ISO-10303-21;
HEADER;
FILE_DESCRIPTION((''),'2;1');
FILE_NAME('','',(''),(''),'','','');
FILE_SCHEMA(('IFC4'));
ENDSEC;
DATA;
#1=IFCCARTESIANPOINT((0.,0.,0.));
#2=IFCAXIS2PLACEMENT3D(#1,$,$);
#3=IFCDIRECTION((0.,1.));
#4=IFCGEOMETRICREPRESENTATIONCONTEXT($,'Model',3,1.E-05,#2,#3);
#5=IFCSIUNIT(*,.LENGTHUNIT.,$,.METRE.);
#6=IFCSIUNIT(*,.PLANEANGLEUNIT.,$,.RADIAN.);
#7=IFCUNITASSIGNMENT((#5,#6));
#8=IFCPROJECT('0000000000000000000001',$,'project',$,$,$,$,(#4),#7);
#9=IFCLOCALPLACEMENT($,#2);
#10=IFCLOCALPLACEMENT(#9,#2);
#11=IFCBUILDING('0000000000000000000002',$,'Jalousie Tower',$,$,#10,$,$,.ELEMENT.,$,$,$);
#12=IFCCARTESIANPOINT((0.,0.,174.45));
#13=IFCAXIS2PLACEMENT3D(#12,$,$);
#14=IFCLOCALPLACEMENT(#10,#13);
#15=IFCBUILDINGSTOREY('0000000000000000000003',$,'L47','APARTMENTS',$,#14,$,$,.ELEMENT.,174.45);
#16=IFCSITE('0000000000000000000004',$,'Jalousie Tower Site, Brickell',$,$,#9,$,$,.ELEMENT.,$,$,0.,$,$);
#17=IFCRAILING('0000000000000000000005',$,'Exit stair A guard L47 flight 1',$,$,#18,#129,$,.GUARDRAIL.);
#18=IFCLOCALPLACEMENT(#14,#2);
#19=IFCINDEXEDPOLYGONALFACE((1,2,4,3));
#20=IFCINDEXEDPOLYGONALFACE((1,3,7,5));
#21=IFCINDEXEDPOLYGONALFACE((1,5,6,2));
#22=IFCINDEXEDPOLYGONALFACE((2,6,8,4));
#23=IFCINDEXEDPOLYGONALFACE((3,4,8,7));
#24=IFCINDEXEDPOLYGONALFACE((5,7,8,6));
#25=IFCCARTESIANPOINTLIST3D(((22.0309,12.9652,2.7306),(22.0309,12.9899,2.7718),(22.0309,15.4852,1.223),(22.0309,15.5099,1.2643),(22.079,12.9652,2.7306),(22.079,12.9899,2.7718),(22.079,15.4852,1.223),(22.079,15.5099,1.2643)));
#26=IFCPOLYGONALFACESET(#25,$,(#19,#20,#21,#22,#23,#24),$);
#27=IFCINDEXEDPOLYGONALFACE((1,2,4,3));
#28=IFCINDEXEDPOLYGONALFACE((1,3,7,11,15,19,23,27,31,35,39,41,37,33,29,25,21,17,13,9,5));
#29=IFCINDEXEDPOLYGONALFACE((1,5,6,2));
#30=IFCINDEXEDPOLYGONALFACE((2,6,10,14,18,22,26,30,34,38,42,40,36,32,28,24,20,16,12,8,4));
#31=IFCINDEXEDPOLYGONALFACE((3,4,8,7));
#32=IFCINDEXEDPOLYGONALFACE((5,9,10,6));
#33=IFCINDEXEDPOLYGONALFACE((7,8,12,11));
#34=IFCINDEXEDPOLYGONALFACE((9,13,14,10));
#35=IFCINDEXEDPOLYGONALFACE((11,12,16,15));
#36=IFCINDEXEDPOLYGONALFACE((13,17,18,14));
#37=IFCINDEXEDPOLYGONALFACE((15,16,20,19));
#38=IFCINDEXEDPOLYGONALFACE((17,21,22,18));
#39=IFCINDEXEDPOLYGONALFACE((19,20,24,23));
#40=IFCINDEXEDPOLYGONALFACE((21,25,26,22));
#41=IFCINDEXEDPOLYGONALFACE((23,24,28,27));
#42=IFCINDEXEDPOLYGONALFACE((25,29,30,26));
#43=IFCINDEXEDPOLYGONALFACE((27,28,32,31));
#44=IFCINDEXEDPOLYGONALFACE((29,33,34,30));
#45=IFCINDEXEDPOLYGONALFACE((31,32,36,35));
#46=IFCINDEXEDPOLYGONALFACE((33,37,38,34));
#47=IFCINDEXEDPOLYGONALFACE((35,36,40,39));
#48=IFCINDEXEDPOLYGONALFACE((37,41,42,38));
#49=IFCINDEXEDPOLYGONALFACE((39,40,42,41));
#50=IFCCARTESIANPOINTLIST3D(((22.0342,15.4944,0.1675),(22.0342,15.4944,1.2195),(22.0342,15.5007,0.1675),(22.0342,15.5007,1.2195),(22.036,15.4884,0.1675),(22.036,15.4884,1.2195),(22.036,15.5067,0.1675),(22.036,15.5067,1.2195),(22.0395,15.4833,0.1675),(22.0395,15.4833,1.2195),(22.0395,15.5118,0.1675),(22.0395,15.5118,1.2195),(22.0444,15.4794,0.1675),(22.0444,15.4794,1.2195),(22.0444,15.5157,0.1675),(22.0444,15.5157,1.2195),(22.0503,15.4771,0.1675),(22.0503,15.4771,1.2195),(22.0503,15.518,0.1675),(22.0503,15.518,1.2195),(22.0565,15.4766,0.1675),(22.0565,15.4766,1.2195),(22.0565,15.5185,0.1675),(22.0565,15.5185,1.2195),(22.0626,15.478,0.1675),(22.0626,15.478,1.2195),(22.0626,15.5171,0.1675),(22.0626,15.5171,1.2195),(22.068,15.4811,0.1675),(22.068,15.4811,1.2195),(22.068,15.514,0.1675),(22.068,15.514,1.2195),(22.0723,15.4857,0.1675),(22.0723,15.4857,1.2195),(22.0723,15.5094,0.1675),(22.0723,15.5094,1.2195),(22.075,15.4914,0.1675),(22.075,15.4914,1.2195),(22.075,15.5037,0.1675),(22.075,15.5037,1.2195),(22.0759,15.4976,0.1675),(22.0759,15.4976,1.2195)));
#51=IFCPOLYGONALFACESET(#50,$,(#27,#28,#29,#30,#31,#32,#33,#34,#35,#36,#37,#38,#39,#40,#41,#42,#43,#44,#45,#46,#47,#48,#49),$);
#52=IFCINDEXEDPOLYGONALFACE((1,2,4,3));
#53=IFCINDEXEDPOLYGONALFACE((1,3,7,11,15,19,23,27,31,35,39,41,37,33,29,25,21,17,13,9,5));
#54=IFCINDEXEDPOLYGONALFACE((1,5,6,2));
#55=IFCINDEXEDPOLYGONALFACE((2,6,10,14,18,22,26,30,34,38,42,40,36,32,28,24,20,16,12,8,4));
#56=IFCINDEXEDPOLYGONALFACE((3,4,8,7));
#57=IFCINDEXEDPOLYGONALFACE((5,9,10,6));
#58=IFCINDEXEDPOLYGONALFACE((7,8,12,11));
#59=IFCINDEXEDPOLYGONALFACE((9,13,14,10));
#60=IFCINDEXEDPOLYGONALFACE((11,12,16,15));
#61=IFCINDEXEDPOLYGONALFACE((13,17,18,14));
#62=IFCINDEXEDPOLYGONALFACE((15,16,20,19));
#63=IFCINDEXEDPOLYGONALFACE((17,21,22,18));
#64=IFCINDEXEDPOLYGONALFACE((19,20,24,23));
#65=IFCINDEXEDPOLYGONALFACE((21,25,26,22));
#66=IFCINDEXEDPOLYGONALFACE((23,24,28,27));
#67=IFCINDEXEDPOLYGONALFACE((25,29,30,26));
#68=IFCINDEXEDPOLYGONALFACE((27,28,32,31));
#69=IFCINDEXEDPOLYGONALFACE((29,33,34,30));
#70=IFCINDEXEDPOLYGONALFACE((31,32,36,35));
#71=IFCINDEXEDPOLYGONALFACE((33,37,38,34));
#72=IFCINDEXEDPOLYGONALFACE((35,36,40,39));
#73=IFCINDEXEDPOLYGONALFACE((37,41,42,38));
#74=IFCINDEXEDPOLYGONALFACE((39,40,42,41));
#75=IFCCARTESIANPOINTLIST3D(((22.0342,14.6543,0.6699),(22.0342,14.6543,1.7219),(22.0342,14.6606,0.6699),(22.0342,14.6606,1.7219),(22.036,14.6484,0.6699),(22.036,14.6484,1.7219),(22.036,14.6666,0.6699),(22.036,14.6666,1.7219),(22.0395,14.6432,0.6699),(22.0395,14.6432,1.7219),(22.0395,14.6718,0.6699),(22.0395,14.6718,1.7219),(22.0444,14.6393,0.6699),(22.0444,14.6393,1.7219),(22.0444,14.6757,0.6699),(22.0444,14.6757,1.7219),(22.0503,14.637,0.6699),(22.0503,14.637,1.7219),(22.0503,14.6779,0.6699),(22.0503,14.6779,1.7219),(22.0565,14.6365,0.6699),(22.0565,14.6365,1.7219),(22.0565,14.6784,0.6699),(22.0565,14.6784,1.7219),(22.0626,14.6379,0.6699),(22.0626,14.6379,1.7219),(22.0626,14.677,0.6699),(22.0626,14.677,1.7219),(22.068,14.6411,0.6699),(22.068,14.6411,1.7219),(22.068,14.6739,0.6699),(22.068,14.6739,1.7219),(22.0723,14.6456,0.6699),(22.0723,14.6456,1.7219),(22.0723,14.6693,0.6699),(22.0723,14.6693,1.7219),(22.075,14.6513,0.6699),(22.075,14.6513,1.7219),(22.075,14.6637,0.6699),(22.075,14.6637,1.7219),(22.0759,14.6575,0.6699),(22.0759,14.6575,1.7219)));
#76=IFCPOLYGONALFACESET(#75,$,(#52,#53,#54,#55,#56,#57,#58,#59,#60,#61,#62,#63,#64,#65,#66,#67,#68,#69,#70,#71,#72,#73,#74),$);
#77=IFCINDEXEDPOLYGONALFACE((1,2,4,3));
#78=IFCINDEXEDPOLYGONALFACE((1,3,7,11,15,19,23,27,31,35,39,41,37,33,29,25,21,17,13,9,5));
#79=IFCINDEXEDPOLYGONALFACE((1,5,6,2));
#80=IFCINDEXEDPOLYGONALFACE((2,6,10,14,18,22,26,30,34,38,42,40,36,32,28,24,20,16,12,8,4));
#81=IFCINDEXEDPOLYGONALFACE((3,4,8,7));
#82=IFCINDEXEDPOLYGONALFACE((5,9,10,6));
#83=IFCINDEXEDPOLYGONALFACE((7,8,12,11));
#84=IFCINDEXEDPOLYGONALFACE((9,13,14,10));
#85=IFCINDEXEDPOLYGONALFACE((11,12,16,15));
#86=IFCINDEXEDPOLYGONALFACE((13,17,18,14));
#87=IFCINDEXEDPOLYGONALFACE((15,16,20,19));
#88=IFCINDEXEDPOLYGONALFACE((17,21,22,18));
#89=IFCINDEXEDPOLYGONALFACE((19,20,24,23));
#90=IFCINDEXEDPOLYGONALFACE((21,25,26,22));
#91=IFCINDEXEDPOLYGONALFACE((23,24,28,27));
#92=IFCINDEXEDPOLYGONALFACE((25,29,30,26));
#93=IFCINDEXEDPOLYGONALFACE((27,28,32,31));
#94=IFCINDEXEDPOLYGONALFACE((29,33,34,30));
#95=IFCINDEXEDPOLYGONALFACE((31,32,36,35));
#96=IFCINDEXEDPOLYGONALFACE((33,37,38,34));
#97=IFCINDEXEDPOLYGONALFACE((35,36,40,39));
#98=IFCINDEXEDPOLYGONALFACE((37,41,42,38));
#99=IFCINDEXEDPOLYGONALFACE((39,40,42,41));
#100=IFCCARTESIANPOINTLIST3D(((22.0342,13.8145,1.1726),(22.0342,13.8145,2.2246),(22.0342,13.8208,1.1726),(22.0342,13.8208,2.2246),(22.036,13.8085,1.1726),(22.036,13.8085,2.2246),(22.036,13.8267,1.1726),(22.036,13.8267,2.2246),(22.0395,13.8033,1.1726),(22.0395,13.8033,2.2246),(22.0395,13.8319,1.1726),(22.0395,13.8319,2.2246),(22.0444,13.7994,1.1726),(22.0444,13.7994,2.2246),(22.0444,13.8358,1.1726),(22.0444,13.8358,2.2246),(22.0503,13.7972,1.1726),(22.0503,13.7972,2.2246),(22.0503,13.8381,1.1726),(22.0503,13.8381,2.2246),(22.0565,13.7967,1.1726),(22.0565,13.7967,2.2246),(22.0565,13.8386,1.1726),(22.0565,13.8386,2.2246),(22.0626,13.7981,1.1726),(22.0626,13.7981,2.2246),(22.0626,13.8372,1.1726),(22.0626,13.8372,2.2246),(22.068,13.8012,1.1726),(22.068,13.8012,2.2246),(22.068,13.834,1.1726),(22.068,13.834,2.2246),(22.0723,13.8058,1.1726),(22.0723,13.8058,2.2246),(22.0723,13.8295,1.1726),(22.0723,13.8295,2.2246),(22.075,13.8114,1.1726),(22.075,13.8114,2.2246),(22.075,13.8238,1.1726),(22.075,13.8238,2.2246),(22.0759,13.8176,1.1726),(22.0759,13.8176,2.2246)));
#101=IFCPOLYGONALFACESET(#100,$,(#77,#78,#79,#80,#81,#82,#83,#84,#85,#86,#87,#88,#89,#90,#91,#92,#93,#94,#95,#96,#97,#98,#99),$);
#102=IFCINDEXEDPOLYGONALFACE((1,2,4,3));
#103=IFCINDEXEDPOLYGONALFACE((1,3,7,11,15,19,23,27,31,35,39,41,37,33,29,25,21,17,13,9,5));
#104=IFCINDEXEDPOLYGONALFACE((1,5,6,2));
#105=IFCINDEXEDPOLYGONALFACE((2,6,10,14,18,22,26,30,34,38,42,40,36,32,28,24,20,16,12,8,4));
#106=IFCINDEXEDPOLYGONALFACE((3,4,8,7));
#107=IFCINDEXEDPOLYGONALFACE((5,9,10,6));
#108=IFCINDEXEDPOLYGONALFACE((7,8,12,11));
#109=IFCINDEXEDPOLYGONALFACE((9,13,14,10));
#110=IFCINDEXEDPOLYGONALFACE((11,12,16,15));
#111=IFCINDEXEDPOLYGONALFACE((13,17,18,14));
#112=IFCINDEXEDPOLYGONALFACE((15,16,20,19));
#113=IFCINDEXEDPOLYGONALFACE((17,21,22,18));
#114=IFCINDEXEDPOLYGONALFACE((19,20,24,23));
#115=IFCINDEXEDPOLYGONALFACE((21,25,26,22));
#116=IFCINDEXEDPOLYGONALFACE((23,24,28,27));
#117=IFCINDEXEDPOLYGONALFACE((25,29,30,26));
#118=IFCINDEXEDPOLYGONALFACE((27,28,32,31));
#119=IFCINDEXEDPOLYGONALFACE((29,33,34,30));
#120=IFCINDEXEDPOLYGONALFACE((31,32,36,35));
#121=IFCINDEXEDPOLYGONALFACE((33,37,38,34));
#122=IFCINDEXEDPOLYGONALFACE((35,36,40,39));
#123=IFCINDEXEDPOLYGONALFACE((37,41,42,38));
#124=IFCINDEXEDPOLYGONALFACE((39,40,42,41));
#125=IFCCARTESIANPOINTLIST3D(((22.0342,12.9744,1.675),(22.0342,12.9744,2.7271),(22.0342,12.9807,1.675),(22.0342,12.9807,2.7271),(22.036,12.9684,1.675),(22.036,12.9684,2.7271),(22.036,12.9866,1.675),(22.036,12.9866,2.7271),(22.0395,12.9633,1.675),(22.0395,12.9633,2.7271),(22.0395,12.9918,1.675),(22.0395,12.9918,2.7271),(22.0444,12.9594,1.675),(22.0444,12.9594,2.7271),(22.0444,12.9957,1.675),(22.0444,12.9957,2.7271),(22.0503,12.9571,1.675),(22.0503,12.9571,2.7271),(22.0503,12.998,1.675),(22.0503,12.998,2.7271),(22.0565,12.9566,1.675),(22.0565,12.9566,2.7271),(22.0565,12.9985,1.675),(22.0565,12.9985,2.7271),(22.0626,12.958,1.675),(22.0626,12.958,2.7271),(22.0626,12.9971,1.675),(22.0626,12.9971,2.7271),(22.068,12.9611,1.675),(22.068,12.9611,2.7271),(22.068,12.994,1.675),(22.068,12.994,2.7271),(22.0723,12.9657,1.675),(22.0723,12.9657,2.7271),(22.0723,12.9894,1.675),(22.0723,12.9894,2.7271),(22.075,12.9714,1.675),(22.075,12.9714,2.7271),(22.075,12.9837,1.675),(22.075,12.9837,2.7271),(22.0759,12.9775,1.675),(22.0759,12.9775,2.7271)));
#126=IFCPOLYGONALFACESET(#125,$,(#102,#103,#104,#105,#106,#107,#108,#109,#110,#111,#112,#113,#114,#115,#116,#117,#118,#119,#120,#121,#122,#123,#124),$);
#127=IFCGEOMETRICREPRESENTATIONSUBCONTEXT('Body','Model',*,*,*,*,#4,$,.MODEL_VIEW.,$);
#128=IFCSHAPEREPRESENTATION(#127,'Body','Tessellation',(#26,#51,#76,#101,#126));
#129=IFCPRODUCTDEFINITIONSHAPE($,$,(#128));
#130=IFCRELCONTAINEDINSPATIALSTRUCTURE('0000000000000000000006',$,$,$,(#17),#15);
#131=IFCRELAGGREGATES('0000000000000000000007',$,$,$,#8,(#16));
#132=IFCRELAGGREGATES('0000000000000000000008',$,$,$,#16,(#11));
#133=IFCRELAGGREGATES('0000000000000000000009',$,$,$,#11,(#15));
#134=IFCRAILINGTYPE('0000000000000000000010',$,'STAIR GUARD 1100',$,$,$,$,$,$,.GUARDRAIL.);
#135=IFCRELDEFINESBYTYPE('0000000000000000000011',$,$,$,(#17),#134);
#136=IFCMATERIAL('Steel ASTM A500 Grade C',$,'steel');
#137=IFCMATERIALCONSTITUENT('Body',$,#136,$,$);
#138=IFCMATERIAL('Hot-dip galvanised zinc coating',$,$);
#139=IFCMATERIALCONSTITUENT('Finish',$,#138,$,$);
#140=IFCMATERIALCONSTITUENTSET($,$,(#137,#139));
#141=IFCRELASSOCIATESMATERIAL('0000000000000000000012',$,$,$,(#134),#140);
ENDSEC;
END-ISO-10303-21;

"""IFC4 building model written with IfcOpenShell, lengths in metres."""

from ifc_helpers import new_model, si_unit, direction, frame, origin, origin_2d, place, context, subcontext, project, spatial, rectangle, circle, extrude, material, constituent, constituent_set, type_object, element, save


model = new_model("IFC4")

# Units and contexts
model_context = context("Model", 3, precision=1e-05, world=origin(), true_north=direction((0.0, 1.0)))
body_context = subcontext(model_context, "Body", "Model", "MODEL_VIEW")
ifc_project = project(units=[si_unit("LENGTHUNIT", "METRE"), si_unit("PLANEANGLEUNIT", "RADIAN")], contexts=[model_context])

# Site, building, storey
site_placement = place(None, origin())
site = spatial("IfcSite", under=ifc_project, at=site_placement, Name="Jalousie Tower Site, Brickell", CompositionType="ELEMENT", RefElevation=0.0)
building_placement = place(site_placement, origin())
building = spatial("IfcBuilding", under=site, at=building_placement, Name="Jalousie Tower", CompositionType="ELEMENT")
storey_placement = place(building_placement, frame((0.0, 0.0, 174.45)))
storey = spatial("IfcBuildingStorey", under=building, at=storey_placement, Name="L47", Description="APARTMENTS", CompositionType="ELEMENT", Elevation=174.45)

# Railing
ifc_material_1 = material(Name="Steel ASTM A500 Grade C", Category="steel")
ifc_constituent_1 = constituent(ifc_material_1, Name="Body")
ifc_material_2 = material(Name="Hot-dip galvanised zinc coating")
ifc_constituent_2 = constituent(ifc_material_2, Name="Finish")
ifc_constituent_set_1 = constituent_set(constituents=[ifc_constituent_1, ifc_constituent_2])
railing_type_1 = type_object("IfcRailingType", Name="STAIR GUARD 1100", PredefinedType="GUARDRAIL", material=ifc_constituent_set_1)
railing_1_placement = place(storey_placement, frame((22.0549, 15.4976, 0.1675)))
element("IfcRailing", 1, at=railing_1_placement, inside=storey, type_object=railing_type_1, Name="Exit stair A guard L47 flight 1", PredefinedType="GUARDRAIL", context=body_context, shape_type="SweptSolid", body=[
    extrude(rectangle(XDim=0.0481, YDim=0.0481, at=origin_2d()), frame((0.0, 0.0, 1.0762), z_axis=(0.0, -0.85816, 0.513383), x_axis=(1.0, 0.0, 0.0)), (0.0, 0.0, 1.0), 2.9365),
    extrude(circle(Radius=0.021, at=origin_2d()), origin(), (0.0, 0.0, 1.0), 1.052),
    extrude(circle(Radius=0.021, at=origin_2d()), frame((0.0, -0.8401, 0.5024)), (0.0, 0.0, 1.0), 1.052),
    extrude(circle(Radius=0.021, at=origin_2d()), frame((0.0, -1.6799, 1.0051)), (0.0, 0.0, 1.0), 1.052),
    extrude(circle(Radius=0.021, at=origin_2d()), frame((0.0, -2.52, 1.5076)), (0.0, 0.0, 1.0), 1.052),
])

save(model, "model.ifc")
